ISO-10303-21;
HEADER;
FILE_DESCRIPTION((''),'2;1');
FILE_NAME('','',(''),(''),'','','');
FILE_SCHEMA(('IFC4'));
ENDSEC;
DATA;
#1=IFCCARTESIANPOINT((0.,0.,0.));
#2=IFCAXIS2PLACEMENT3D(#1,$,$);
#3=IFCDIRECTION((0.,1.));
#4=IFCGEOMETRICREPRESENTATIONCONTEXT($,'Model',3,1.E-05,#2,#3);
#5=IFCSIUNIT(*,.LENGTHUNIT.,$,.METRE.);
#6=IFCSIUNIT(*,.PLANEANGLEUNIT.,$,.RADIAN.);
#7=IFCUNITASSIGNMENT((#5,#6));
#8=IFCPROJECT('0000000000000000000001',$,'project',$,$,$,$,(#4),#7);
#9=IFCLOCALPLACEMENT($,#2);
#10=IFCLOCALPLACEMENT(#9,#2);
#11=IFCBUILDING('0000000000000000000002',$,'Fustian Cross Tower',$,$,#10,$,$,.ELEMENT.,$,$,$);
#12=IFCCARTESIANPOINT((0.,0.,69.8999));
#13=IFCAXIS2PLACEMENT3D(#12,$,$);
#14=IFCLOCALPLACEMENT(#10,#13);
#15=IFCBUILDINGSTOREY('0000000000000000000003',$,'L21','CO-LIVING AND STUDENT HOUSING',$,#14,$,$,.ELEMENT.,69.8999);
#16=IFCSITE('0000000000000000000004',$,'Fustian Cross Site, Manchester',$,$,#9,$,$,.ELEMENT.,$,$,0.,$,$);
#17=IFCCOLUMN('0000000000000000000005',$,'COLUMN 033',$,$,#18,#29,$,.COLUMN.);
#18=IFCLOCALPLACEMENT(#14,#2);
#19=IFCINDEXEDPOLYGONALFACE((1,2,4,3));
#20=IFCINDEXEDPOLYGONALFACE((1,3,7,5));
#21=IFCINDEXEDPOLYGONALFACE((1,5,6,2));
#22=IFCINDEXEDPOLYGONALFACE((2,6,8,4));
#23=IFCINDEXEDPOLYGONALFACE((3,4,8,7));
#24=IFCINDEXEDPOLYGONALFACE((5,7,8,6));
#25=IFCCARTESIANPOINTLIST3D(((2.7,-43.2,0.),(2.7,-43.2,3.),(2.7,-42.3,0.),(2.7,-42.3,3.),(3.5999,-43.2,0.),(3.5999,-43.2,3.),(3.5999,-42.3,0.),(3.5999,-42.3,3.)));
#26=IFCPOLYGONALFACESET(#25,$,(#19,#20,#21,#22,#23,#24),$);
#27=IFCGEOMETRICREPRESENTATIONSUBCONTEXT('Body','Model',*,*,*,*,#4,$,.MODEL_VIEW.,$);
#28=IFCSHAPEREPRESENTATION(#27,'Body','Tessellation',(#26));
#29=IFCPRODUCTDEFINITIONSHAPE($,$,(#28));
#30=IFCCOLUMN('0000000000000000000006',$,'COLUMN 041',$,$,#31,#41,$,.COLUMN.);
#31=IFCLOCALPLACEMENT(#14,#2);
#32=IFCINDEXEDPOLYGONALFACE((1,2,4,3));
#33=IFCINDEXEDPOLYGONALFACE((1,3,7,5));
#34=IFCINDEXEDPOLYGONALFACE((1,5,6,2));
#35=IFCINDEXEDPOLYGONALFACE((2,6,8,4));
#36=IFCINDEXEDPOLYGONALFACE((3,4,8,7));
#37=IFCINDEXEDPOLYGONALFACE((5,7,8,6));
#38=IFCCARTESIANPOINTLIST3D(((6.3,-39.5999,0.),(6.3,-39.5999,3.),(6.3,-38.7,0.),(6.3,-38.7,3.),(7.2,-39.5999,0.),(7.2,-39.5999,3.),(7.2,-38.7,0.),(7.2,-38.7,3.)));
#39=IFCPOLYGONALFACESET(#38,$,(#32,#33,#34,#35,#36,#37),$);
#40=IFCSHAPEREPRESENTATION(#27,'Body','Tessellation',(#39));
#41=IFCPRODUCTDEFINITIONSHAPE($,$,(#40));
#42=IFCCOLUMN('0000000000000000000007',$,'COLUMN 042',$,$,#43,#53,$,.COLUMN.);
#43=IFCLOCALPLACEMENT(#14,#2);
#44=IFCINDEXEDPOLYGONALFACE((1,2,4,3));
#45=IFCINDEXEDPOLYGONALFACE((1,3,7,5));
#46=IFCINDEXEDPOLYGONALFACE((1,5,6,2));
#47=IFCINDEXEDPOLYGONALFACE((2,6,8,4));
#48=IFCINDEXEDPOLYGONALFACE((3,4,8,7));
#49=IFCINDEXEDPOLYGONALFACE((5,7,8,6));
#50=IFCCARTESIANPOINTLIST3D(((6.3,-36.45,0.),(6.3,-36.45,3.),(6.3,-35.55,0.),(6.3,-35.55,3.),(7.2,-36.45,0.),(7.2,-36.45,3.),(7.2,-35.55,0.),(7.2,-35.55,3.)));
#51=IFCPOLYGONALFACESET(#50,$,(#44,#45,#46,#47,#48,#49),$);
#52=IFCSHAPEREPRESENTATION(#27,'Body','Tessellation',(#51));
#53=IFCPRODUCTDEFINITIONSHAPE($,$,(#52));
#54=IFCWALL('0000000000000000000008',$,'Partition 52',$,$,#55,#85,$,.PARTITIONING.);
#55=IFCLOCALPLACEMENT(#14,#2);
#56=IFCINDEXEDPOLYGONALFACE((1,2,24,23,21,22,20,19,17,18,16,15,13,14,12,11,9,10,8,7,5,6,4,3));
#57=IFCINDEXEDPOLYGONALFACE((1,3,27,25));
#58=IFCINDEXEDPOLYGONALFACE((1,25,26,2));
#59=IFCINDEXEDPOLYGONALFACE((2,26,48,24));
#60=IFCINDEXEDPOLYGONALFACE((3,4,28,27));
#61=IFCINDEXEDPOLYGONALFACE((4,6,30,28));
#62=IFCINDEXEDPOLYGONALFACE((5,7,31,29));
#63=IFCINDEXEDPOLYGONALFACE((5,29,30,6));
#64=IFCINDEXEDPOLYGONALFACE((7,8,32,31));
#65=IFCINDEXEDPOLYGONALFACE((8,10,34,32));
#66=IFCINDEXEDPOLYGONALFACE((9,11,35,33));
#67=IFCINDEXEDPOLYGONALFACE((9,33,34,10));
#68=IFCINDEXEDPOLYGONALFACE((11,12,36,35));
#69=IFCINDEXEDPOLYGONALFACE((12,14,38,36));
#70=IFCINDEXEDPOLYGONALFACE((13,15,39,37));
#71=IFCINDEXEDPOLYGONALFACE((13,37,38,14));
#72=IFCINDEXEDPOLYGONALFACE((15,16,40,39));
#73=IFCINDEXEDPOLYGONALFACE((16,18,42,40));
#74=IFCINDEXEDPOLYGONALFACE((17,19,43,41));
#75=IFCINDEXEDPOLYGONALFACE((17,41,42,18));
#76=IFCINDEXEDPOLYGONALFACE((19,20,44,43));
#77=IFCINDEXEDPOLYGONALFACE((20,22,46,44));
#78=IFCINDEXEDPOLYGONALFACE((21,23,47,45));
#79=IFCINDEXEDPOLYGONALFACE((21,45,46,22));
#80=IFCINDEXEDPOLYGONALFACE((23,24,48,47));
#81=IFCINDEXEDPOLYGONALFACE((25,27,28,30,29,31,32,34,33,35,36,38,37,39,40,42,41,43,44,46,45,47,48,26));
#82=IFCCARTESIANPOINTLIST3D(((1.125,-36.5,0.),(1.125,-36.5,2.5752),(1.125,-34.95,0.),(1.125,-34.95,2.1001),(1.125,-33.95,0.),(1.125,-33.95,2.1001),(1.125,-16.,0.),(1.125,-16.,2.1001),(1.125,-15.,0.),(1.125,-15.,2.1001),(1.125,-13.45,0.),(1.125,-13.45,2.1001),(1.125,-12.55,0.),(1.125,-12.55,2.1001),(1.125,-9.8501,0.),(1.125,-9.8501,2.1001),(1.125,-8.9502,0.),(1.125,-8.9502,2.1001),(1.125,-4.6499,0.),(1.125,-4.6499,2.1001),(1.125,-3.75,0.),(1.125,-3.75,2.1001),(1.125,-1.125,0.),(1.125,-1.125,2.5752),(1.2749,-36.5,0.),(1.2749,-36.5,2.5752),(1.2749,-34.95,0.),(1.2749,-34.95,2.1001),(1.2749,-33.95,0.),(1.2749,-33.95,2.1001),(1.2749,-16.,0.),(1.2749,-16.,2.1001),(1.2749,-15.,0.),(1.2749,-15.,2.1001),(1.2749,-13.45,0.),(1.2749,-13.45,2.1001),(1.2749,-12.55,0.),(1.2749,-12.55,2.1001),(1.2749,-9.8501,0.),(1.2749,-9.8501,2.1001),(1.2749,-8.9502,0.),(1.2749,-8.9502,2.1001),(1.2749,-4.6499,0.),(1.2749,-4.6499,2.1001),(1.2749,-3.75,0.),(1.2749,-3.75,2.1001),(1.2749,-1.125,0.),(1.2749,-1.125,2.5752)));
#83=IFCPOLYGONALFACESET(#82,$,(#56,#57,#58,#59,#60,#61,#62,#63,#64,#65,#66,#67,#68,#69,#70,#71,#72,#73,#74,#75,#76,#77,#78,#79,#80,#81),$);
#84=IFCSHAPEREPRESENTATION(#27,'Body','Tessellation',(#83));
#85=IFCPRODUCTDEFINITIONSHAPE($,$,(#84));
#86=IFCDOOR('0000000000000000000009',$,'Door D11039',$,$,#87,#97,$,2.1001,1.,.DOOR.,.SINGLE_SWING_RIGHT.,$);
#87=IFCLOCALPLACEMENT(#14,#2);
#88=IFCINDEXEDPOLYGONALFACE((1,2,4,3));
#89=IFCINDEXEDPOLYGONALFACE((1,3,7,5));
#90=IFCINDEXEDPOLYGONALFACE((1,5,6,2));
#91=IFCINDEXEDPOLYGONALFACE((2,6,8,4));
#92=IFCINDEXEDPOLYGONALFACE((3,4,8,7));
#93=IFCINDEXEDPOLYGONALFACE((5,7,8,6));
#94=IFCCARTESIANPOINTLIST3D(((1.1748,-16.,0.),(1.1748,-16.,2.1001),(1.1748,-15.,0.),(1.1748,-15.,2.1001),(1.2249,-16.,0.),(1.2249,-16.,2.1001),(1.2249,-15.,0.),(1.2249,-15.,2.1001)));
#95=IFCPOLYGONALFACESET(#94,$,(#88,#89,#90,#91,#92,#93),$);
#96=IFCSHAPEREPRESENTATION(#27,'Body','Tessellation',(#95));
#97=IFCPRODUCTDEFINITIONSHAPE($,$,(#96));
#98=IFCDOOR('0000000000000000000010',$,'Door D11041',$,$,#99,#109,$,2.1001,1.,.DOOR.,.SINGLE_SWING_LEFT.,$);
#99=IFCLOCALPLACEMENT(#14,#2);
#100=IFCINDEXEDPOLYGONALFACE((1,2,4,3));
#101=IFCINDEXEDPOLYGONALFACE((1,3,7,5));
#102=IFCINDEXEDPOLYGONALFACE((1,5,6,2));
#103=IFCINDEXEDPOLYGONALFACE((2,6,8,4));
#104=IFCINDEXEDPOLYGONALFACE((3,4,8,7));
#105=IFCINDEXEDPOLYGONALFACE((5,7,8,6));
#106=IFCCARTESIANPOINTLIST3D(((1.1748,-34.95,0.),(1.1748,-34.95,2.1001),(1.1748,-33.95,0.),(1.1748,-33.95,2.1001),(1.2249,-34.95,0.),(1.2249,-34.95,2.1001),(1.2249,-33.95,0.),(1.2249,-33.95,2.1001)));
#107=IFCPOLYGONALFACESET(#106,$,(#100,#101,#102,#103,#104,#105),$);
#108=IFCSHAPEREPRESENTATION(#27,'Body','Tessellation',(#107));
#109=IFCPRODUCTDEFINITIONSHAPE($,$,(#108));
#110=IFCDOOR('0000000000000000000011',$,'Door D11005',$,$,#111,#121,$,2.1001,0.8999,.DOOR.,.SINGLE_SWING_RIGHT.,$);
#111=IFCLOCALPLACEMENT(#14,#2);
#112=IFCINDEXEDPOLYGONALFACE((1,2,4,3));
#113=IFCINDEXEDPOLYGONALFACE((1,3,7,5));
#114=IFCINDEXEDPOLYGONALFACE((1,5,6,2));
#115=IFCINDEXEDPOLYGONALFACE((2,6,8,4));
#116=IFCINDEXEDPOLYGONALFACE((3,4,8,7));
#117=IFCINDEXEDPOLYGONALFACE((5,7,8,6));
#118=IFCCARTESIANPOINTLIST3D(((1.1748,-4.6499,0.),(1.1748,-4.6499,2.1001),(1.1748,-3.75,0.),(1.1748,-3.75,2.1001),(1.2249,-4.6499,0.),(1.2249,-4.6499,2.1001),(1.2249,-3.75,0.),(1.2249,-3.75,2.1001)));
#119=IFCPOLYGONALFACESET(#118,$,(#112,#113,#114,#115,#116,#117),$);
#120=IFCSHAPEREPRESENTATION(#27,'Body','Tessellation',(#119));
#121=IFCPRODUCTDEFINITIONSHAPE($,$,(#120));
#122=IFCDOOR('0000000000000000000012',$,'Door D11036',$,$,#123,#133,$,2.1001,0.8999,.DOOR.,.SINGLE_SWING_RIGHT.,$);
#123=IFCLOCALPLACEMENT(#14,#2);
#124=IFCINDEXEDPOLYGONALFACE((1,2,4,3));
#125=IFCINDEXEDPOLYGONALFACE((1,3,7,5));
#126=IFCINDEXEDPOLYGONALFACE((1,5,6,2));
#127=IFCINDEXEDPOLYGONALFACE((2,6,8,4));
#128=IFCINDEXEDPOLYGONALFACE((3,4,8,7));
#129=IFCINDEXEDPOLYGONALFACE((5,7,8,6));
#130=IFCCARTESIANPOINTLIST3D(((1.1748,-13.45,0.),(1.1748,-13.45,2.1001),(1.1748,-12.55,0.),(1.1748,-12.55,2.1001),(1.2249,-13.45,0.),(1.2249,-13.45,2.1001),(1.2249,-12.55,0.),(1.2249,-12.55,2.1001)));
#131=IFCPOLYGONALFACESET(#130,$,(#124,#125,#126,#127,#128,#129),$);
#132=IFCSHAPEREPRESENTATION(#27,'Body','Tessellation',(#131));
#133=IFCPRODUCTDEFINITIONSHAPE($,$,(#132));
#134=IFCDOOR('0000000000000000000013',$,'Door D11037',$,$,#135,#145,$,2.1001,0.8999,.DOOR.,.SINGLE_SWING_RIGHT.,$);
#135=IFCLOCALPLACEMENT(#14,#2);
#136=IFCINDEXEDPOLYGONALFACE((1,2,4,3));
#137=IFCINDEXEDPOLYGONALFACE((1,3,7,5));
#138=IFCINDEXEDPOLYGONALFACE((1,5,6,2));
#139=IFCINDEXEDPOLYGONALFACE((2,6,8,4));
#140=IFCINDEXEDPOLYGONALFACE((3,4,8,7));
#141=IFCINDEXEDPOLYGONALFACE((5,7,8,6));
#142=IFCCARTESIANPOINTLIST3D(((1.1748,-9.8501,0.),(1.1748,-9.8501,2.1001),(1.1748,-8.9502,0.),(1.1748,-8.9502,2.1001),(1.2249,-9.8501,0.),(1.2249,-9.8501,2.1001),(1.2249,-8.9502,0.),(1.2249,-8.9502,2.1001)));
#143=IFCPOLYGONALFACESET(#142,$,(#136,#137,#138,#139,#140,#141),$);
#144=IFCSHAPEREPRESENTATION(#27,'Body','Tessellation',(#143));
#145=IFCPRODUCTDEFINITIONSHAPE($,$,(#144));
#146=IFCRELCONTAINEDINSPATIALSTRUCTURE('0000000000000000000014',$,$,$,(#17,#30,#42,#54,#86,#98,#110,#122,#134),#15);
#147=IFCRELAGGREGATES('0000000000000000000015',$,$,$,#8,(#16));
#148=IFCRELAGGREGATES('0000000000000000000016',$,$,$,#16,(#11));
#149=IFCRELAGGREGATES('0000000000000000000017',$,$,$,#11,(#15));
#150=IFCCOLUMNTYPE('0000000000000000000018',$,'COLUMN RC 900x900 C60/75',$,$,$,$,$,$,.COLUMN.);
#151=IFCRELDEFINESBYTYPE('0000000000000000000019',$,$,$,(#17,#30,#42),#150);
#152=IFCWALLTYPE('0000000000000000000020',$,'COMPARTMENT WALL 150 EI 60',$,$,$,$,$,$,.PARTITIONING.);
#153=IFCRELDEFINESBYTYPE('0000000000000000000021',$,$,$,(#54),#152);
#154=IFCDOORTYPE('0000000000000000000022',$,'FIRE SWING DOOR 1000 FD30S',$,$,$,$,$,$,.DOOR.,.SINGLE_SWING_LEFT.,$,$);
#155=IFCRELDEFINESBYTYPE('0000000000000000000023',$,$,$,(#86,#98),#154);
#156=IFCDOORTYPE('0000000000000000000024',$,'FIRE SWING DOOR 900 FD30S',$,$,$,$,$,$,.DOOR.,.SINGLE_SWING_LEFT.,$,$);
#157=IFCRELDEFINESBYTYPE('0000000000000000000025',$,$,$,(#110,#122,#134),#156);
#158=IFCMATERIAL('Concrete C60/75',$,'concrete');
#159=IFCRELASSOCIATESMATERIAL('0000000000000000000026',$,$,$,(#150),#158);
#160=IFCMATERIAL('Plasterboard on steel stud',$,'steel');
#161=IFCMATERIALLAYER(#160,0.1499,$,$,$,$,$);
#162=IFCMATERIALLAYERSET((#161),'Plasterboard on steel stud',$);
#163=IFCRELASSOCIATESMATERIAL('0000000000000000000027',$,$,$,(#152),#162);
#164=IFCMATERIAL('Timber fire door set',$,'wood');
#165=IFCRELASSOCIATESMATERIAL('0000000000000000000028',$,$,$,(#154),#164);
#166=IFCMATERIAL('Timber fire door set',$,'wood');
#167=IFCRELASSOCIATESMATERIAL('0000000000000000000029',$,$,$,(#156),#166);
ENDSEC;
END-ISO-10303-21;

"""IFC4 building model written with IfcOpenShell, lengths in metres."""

from ifc_helpers import new_model, si_unit, direction, frame, frame_2d, origin, origin_2d, place, context, subcontext, project, spatial, rectangle, extrude, material, layer, layer_set, material_profile, profile_set, type_object, element, fill, save


model = new_model("IFC4")

# Units and contexts
model_context = context("Model", 3, precision=1e-05, world=origin(), true_north=direction((0.0, 1.0)))
body_context = subcontext(model_context, "Body", "Model", "MODEL_VIEW")
ifc_project = project(units=[si_unit("LENGTHUNIT", "METRE"), si_unit("PLANEANGLEUNIT", "RADIAN")], contexts=[model_context])

# Site, building, storey
site_placement = place(None, origin())
site = spatial("IfcSite", under=ifc_project, at=site_placement, Name="Fustian Cross Site, Manchester", CompositionType="ELEMENT", RefElevation=0.0)
building_placement = place(site_placement, origin())
building = spatial("IfcBuilding", under=site, at=building_placement, Name="Fustian Cross Tower", CompositionType="ELEMENT")
storey_placement = place(building_placement, frame((0.0, 0.0, 69.8999)))
storey = spatial("IfcBuildingStorey", under=building, at=storey_placement, Name="L21", Description="CO-LIVING AND STUDENT HOUSING", CompositionType="ELEMENT", Elevation=69.8999)

# Columns
ifc_material_1 = material(Name="Concrete C60/75", Category="concrete")
ifc_material_profile = material_profile(ifc_material_1, rectangle(XDim=0.8999, YDim=0.8999, at=origin_2d()), Name="RC 900x900")
ifc_profile_set = profile_set([ifc_material_profile], Name="Concrete C60/75")
column_type = type_object("IfcColumnType", Name="COLUMN RC 900x900 C60/75", PredefinedType="COLUMN", material=ifc_profile_set)
for number, where, z_axis, x_axis, name in (
    (1, (3.1499, -42.75, 0.0), (0.0, 0.0, 1.0), (1.0, 0.0, 0.0), "COLUMN 033"),
    (2, (6.75, -39.1499, 0.0), (0.0, 0.0, 1.0), (1.0, 0.0, 0.0), "COLUMN 041"),
    (3, (6.75, -36.0, 0.0), (0.0, 0.0, 1.0), (1.0, 0.0, 0.0), "COLUMN 042"),
):
    element("IfcColumn", number, at=place(storey_placement, frame(where, z_axis=z_axis, x_axis=x_axis)), inside=storey, type_object=column_type, Name=name, PredefinedType="COLUMN", context=body_context, shape_type="SweptSolid", body=[
        extrude(rectangle(XDim=0.8999, YDim=0.8999, at=origin_2d()), origin(), (0.0, 0.0, 1.0), 3.0),
    ])

# Wall, openings, doors
ifc_material_2 = material(Name="Plasterboard on steel stud", Category="steel")
ifc_layer_1 = layer(ifc_material_2, 0.1499)
ifc_layer_set_1 = layer_set([ifc_layer_1], Name="Plasterboard on steel stud")
wall_type_1 = type_object("IfcWallType", Name="COMPARTMENT WALL 150 EI 60", PredefinedType="PARTITIONING", material=ifc_layer_set_1)
wall_1_placement = place(storey_placement, frame((1.2, -36.5, 0.0), z_axis=(0.0, 0.0, 1.0), x_axis=(0.0, 1.0, 0.0)))
wall_1 = element("IfcWall", 4, at=wall_1_placement, inside=storey, type_object=wall_type_1, Name="Partition 52", PredefinedType="PARTITIONING", context=body_context, shape_type="SweptSolid", body=[
    extrude(rectangle(XDim=35.375, YDim=0.1499, at=frame_2d((17.6875, 0.0))), origin(), (0.0, 0.0, 1.0), 2.5752),
])
opening_1_placement = place(wall_1_placement, frame((31.8501, 0.0, 0.0)))
opening_1 = element("IfcOpeningElement", 5, at=opening_1_placement, cuts=wall_1, PredefinedType="OPENING", context=body_context, shape_type="SweptSolid", body=[
    extrude(rectangle(XDim=0.8999, YDim=2.1001, at=frame_2d((0.45, 1.05))), frame((0.0, 0.085, 0.0), z_axis=(0.0, -1.0, 0.0), x_axis=(1.0, 0.0, 0.0)), (0.0, 0.0, 1.0), 0.1699),
])
opening_2_placement = place(wall_1_placement, frame((23.05, 0.0, 0.0)))
opening_2 = element("IfcOpeningElement", 6, at=opening_2_placement, cuts=wall_1, PredefinedType="OPENING", context=body_context, shape_type="SweptSolid", body=[
    extrude(rectangle(XDim=0.8999, YDim=2.1001, at=frame_2d((0.45, 1.05))), frame((0.0, 0.085, 0.0), z_axis=(0.0, -1.0, 0.0), x_axis=(1.0, 0.0, 0.0)), (0.0, 0.0, 1.0), 0.1699),
])
opening_3_placement = place(wall_1_placement, frame((26.6499, 0.0, 0.0)))
opening_3 = element("IfcOpeningElement", 7, at=opening_3_placement, cuts=wall_1, PredefinedType="OPENING", context=body_context, shape_type="SweptSolid", body=[
    extrude(rectangle(XDim=0.8999, YDim=2.1001, at=frame_2d((0.45, 1.05))), frame((0.0, 0.085, 0.0), z_axis=(0.0, -1.0, 0.0), x_axis=(1.0, 0.0, 0.0)), (0.0, 0.0, 1.0), 0.1699),
])
opening_4_placement = place(wall_1_placement, frame((20.5, 0.0, 0.0)))
opening_4 = element("IfcOpeningElement", 8, at=opening_4_placement, cuts=wall_1, PredefinedType="OPENING", context=body_context, shape_type="SweptSolid", body=[
    extrude(rectangle(XDim=1.0, YDim=2.1001, at=frame_2d((0.5, 1.05))), frame((0.0, 0.085, 0.0), z_axis=(0.0, -1.0, 0.0), x_axis=(1.0, 0.0, 0.0)), (0.0, 0.0, 1.0), 0.1699),
])
opening_5_placement = place(wall_1_placement, frame((1.55, 0.0, 0.0)))
opening_5 = element("IfcOpeningElement", 9, at=opening_5_placement, cuts=wall_1, PredefinedType="OPENING", context=body_context, shape_type="SweptSolid", body=[
    extrude(rectangle(XDim=1.0, YDim=2.1001, at=frame_2d((0.5, 1.05))), frame((0.0, 0.085, 0.0), z_axis=(0.0, -1.0, 0.0), x_axis=(1.0, 0.0, 0.0)), (0.0, 0.0, 1.0), 0.1699),
])
ifc_material_3 = material(Name="Timber fire door set", Category="wood")
door_type_1 = type_object("IfcDoorType", Name="FIRE SWING DOOR 1000 FD30S", OperationType="SINGLE_SWING_LEFT", PredefinedType="DOOR", material=ifc_material_3)
door_1_placement = place(opening_4_placement, frame((1.0, 0.0, 0.0), z_axis=(0.0, 0.0, 1.0), x_axis=(-1.0, 0.0, 0.0)))
door_1 = element("IfcDoor", 10, at=door_1_placement, inside=storey, type_object=door_type_1, Name="Door D11039", OperationType="SINGLE_SWING_RIGHT", OverallHeight=2.1001, OverallWidth=1.0, PredefinedType="DOOR", context=body_context, shape_type="SweptSolid", body=[
    extrude(rectangle(XDim=1.0, YDim=2.1001, at=frame_2d((0.5, 1.05))), frame((0.0, 0.0249, 0.0), z_axis=(0.0, -1.0, 0.0), x_axis=(1.0, 0.0, 0.0)), (0.0, 0.0, 1.0), 0.05),
])
fill(opening_4, door_1)
door_2_placement = place(opening_5_placement, frame((1.0, 0.0, 0.0), z_axis=(0.0, 0.0, 1.0), x_axis=(-1.0, 0.0, 0.0)))
door_2 = element("IfcDoor", 11, at=door_2_placement, inside=storey, type_object=door_type_1, Name="Door D11041", OperationType="SINGLE_SWING_LEFT", OverallHeight=2.1001, OverallWidth=1.0, PredefinedType="DOOR", context=body_context, shape_type="SweptSolid", body=[
    extrude(rectangle(XDim=1.0, YDim=2.1001, at=frame_2d((0.5, 1.05))), frame((0.0, 0.0249, 0.0), z_axis=(0.0, -1.0, 0.0), x_axis=(1.0, 0.0, 0.0)), (0.0, 0.0, 1.0), 0.05),
])
fill(opening_5, door_2)
ifc_material_4 = material(Name="Timber fire door set", Category="wood")
door_type_2 = type_object("IfcDoorType", Name="FIRE SWING DOOR 900 FD30S", OperationType="SINGLE_SWING_LEFT", PredefinedType="DOOR", material=ifc_material_4)
door_3_placement = place(opening_1_placement, frame((0.8999, 0.0, 0.0), z_axis=(0.0, 0.0, 1.0), x_axis=(-1.0, 0.0, 0.0)))
door_3 = element("IfcDoor", 12, at=door_3_placement, inside=storey, type_object=door_type_2, Name="Door D11005", OperationType="SINGLE_SWING_RIGHT", OverallHeight=2.1001, OverallWidth=0.8999, PredefinedType="DOOR", context=body_context, shape_type="SweptSolid", body=[
    extrude(rectangle(XDim=0.8999, YDim=2.1001, at=frame_2d((0.45, 1.05))), frame((0.0, 0.0249, 0.0), z_axis=(0.0, -1.0, 0.0), x_axis=(1.0, 0.0, 0.0)), (0.0, 0.0, 1.0), 0.05),
])
fill(opening_1, door_3)
door_4_placement = place(opening_2_placement, frame((0.8999, 0.0, 0.0), z_axis=(0.0, 0.0, 1.0), x_axis=(-1.0, 0.0, 0.0)))
door_4 = element("IfcDoor", 13, at=door_4_placement, inside=storey, type_object=door_type_2, Name="Door D11036", OperationType="SINGLE_SWING_RIGHT", OverallHeight=2.1001, OverallWidth=0.8999, PredefinedType="DOOR", context=body_context, shape_type="SweptSolid", body=[
    extrude(rectangle(XDim=0.8999, YDim=2.1001, at=frame_2d((0.45, 1.05))), frame((0.0, 0.0249, 0.0), z_axis=(0.0, -1.0, 0.0), x_axis=(1.0, 0.0, 0.0)), (0.0, 0.0, 1.0), 0.05),
])
fill(opening_2, door_4)
door_5_placement = place(opening_3_placement, frame((0.8999, 0.0, 0.0), z_axis=(0.0, 0.0, 1.0), x_axis=(-1.0, 0.0, 0.0)))
door_5 = element("IfcDoor", 14, at=door_5_placement, inside=storey, type_object=door_type_2, Name="Door D11037", OperationType="SINGLE_SWING_RIGHT", OverallHeight=2.1001, OverallWidth=0.8999, PredefinedType="DOOR", context=body_context, shape_type="SweptSolid", body=[
    extrude(rectangle(XDim=0.8999, YDim=2.1001, at=frame_2d((0.45, 1.05))), frame((0.0, 0.0249, 0.0), z_axis=(0.0, -1.0, 0.0), x_axis=(1.0, 0.0, 0.0)), (0.0, 0.0, 1.0), 0.05),
])
fill(opening_3, door_5)

save(model, "model.ifc")
